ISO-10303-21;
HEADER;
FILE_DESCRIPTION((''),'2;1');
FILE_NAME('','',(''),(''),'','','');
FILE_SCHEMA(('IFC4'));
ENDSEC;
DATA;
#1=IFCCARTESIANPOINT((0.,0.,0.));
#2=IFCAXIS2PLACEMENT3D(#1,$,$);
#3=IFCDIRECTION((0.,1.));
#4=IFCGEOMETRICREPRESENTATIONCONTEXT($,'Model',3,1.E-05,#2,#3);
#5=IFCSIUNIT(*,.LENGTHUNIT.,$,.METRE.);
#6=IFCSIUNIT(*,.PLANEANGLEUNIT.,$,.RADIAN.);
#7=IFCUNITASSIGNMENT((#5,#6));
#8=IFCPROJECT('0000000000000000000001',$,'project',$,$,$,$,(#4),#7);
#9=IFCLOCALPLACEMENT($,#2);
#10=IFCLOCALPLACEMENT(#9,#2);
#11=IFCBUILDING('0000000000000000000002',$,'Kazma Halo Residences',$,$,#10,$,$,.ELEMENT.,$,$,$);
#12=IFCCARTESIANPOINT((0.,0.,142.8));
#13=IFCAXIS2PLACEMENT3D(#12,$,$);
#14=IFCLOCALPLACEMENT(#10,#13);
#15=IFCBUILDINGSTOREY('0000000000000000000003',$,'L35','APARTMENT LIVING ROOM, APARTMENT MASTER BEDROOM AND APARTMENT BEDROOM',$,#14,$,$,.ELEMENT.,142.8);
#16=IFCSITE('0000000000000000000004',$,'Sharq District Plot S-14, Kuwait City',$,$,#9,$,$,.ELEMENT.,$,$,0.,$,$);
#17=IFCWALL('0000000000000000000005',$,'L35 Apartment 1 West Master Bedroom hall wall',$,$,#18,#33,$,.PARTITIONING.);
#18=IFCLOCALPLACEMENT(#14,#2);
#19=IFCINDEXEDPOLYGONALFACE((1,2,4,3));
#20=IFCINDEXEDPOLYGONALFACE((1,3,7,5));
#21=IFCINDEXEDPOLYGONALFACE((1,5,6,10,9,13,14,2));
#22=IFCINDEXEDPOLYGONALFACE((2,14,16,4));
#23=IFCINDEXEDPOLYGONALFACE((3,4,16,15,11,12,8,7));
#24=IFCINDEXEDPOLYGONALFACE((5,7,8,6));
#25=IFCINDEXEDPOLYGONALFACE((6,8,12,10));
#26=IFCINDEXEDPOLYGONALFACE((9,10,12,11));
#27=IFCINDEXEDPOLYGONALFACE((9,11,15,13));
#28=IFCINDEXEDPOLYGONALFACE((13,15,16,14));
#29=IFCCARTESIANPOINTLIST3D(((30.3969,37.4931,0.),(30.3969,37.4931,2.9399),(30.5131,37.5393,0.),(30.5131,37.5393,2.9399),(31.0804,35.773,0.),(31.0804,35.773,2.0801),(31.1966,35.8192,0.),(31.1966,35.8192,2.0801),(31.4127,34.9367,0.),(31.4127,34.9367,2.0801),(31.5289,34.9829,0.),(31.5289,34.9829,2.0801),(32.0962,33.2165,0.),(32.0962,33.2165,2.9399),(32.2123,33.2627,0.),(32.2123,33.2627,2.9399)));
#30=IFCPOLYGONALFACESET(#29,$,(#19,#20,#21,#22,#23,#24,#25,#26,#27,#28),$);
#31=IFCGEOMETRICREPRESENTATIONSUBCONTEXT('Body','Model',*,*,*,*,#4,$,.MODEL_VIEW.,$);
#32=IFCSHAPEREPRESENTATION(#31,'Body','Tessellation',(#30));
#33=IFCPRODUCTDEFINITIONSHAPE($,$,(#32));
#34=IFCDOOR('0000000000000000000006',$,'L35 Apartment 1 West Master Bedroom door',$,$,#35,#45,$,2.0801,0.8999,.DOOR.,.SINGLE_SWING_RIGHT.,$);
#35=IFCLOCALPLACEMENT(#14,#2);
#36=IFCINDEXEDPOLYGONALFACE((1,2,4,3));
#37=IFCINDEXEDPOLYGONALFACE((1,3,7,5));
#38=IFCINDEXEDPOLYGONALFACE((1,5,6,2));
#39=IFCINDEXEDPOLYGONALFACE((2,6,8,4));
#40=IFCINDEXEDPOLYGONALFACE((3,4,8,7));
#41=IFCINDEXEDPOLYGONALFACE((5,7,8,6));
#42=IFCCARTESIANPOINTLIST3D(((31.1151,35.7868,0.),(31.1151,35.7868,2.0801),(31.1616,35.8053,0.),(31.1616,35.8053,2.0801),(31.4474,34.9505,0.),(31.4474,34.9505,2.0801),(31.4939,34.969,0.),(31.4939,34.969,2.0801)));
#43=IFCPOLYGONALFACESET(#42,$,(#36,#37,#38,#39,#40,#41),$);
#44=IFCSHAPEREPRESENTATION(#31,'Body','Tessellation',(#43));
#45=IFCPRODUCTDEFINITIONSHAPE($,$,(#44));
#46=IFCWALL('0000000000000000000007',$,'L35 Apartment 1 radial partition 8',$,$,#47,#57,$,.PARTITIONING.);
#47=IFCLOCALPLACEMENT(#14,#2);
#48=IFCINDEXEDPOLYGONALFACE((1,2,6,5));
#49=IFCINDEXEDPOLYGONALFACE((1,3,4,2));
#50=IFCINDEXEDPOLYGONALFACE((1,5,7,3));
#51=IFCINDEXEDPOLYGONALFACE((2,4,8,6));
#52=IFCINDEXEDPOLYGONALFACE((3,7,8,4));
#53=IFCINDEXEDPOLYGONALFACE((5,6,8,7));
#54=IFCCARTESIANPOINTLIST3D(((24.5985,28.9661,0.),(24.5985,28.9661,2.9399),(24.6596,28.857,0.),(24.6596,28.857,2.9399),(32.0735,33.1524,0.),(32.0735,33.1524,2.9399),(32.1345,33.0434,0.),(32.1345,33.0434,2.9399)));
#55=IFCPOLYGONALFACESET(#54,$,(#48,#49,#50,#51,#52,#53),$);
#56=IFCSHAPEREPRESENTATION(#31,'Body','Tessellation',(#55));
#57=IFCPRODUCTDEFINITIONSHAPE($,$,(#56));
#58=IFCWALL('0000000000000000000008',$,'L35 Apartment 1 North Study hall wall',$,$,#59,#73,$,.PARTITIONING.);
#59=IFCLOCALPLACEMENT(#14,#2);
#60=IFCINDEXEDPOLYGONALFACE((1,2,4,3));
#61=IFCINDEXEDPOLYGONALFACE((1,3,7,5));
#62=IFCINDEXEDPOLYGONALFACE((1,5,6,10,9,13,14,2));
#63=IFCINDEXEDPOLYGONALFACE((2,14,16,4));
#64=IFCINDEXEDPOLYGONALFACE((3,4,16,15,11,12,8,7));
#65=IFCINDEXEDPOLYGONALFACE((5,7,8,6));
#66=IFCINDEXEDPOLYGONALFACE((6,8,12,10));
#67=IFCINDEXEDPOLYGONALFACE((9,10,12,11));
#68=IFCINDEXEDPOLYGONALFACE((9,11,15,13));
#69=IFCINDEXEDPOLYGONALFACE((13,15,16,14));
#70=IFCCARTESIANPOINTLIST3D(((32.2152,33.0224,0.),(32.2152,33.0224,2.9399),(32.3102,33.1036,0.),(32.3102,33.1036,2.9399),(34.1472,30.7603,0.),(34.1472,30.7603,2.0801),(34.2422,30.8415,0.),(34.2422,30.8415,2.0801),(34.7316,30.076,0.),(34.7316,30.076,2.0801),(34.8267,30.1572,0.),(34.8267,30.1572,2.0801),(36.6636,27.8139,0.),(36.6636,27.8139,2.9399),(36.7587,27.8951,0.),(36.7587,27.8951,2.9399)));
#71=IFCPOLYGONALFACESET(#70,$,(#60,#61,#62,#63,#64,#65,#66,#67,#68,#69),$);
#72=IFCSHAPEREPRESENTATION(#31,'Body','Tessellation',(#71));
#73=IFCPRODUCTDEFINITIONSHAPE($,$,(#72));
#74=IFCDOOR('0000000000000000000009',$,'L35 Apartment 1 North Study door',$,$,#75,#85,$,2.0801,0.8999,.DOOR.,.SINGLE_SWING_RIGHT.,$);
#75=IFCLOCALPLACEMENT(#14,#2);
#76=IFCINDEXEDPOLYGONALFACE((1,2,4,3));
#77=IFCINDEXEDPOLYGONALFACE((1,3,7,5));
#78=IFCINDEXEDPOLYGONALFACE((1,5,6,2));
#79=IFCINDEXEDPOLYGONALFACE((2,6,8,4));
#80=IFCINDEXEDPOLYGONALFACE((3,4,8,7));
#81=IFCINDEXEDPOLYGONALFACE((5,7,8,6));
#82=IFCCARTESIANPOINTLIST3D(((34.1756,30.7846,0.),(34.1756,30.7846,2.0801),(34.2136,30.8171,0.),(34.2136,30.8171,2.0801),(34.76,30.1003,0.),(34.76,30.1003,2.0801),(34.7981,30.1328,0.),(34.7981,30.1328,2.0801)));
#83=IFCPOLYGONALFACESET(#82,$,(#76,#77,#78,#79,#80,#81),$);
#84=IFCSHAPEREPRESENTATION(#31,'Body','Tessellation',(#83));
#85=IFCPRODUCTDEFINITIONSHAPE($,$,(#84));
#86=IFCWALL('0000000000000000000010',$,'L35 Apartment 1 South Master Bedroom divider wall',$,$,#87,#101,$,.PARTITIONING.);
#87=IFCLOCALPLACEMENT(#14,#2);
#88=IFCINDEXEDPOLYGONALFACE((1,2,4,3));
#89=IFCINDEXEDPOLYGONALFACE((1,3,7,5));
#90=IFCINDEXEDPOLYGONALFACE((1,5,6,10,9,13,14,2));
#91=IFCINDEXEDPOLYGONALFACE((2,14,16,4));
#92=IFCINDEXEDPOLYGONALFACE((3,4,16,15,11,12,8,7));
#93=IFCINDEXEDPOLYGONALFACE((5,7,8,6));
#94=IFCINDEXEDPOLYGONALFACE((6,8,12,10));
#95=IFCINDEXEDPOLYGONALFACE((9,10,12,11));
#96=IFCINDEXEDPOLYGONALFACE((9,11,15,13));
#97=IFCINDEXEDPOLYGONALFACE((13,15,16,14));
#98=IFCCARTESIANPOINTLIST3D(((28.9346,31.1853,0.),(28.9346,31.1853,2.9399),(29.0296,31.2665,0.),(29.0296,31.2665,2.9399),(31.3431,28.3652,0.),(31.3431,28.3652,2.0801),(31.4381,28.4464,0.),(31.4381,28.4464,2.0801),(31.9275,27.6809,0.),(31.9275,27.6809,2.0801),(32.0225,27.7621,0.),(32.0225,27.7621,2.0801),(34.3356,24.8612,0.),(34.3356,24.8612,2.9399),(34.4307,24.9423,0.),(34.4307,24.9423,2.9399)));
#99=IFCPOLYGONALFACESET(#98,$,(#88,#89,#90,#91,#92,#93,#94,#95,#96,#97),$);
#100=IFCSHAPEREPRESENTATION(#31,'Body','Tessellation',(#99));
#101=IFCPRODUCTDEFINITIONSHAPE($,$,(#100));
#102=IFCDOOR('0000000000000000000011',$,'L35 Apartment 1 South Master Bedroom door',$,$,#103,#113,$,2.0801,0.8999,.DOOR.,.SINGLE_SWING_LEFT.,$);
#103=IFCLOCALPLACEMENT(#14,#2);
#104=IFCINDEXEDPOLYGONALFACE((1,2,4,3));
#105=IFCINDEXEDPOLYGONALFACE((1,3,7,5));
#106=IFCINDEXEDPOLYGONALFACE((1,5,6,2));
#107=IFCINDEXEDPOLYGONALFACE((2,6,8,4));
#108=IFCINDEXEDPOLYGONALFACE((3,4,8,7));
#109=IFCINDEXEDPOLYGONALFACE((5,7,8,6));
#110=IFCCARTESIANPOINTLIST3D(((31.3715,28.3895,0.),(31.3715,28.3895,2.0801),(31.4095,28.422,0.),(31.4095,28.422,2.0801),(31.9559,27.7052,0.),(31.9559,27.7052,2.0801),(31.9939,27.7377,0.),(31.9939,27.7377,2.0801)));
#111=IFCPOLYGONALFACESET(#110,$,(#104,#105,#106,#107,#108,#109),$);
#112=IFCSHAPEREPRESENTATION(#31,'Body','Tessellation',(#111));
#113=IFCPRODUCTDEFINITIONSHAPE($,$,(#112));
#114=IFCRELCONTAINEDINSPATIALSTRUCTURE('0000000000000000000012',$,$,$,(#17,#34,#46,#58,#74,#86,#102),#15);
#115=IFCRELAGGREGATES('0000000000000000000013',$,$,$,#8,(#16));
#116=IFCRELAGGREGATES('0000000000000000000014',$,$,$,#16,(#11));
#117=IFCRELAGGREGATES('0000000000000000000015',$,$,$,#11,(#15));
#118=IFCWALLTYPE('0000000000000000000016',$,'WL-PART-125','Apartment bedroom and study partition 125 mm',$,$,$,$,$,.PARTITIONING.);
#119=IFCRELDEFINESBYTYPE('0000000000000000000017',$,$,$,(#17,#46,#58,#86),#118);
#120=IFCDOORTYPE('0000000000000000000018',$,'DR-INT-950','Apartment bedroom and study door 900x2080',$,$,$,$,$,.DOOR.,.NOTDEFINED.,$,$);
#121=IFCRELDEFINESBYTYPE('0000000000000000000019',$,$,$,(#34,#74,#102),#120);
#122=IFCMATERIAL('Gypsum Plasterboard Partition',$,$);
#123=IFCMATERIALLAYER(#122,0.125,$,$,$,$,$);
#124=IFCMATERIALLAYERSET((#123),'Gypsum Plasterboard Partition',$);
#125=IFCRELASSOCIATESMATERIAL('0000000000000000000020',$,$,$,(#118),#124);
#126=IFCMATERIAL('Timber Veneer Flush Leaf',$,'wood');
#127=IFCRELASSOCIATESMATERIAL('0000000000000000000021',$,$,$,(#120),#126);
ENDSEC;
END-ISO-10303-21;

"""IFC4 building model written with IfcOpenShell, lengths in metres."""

from ifc_helpers import new_model, si_unit, direction, frame, frame_2d, origin, place, context, subcontext, project, spatial, rectangle, extrude, material, layer, layer_set, type_object, element, fill, save


model = new_model("IFC4")

# Units and contexts
model_context = context("Model", 3, precision=1e-05, world=origin(), true_north=direction((0.0, 1.0)))
body_context = subcontext(model_context, "Body", "Model", "MODEL_VIEW")
ifc_project = project(units=[si_unit("LENGTHUNIT", "METRE"), si_unit("PLANEANGLEUNIT", "RADIAN")], contexts=[model_context])

# Site, building, storey
site_placement = place(None, origin())
site = spatial("IfcSite", under=ifc_project, at=site_placement, Name="Sharq District Plot S-14, Kuwait City", CompositionType="ELEMENT", RefElevation=0.0)
building_placement = place(site_placement, origin())
building = spatial("IfcBuilding", under=site, at=building_placement, Name="Kazma Halo Residences", CompositionType="ELEMENT")
storey_placement = place(building_placement, frame((0.0, 0.0, 142.8)))
storey = spatial("IfcBuildingStorey", under=building, at=storey_placement, Name="L35", Description="APARTMENT LIVING ROOM, APARTMENT MASTER BEDROOM AND APARTMENT BEDROOM", CompositionType="ELEMENT", Elevation=142.8)

# Shared definitions
ifc_material_1 = material(Name="Gypsum Plasterboard Partition")
ifc_layer_1 = layer(ifc_material_1, 0.125)
ifc_layer_set_1 = layer_set([ifc_layer_1], Name="Gypsum Plasterboard Partition")
wall_type_1 = type_object("IfcWallType", Name="WL-PART-125", Description="Apartment bedroom and study partition 125 mm", PredefinedType="PARTITIONING", material=ifc_layer_set_1)

# Wall, opening, door
wall_1_placement = place(storey_placement, frame((30.4551, 37.5161, 0.0), z_axis=(0.0, 0.0, 1.0), x_axis=(0.369249, -0.92933, 0.0)))
wall_1 = element("IfcWall", 1, at=wall_1_placement, inside=storey, type_object=wall_type_1, Name="L35 Apartment 1 West Master Bedroom hall wall", PredefinedType="PARTITIONING", context=body_context, shape_type="SweptSolid", body=[
    extrude(rectangle(XDim=4.6018, YDim=0.125, at=frame_2d((2.3008, 0.0))), origin(), (0.0, 0.0, 1.0), 2.9399),
])
opening_1_placement = place(wall_1_placement, frame((1.8508, 0.0, 0.0)))
opening_1 = element("IfcOpeningElement", 2, at=opening_1_placement, cuts=wall_1, PredefinedType="OPENING", context=body_context, shape_type="SweptSolid", body=[
    extrude(rectangle(XDim=0.8999, YDim=2.0801, at=frame_2d((0.45, 1.04))), frame((0.0, 0.0725, 0.0), z_axis=(0.0, -1.0, 0.0), x_axis=(1.0, 0.0, 0.0)), (0.0, 0.0, 1.0), 0.145),
])
ifc_material_2 = material(Name="Timber Veneer Flush Leaf", Category="wood")
door_type_1 = type_object("IfcDoorType", Name="DR-INT-950", Description="Apartment bedroom and study door 900x2080", OperationType="NOTDEFINED", PredefinedType="DOOR", material=ifc_material_2)
door_1_placement = place(opening_1_placement, origin())
door_1 = element("IfcDoor", 3, at=door_1_placement, inside=storey, type_object=door_type_1, Name="L35 Apartment 1 West Master Bedroom door", OperationType="SINGLE_SWING_RIGHT", OverallHeight=2.0801, OverallWidth=0.8999, PredefinedType="DOOR", context=body_context, shape_type="SweptSolid", body=[
    extrude(rectangle(XDim=0.8999, YDim=2.0801, at=frame_2d((0.45, 1.04))), frame((0.0, 0.0249, 0.0), z_axis=(0.0, -1.0, 0.0), x_axis=(1.0, 0.0, 0.0)), (0.0, 0.0, 1.0), 0.05),
])
fill(opening_1, door_1)

# Wall
wall_2_placement = place(storey_placement, frame((32.104, 33.0979, 0.0), z_axis=(0.0, 0.0, 1.0), x_axis=(-0.872488, -0.488635, 0.0)))
element("IfcWall", 4, at=wall_2_placement, inside=storey, type_object=wall_type_1, Name="L35 Apartment 1 radial partition 8", PredefinedType="PARTITIONING", context=body_context, shape_type="SweptSolid", body=[
    extrude(rectangle(XDim=8.5674, YDim=0.125, at=frame_2d((4.2837, 0.0))), origin(), (0.0, 0.0, 1.0), 2.9399),
])

# Walls, openings, doors
wall_3_placement = place(storey_placement, frame((32.2627, 33.063, 0.0), z_axis=(0.0, 0.0, 1.0), x_axis=(0.649449, -0.760405, 0.0)))
wall_3 = element("IfcWall", 5, at=wall_3_placement, inside=storey, type_object=wall_type_1, Name="L35 Apartment 1 North Study hall wall", PredefinedType="PARTITIONING", context=body_context, shape_type="SweptSolid", body=[
    extrude(rectangle(XDim=6.8496, YDim=0.125, at=frame_2d((3.4248, 0.0))), origin(), (0.0, 0.0, 1.0), 2.9399),
])
opening_2_placement = place(wall_3_placement, frame((2.9749, 0.0, 0.0)))
opening_2 = element("IfcOpeningElement", 6, at=opening_2_placement, cuts=wall_3, PredefinedType="OPENING", context=body_context, shape_type="SweptSolid", body=[
    extrude(rectangle(XDim=0.8999, YDim=2.0801, at=frame_2d((0.45, 1.04))), frame((0.0, 0.0725, 0.0), z_axis=(0.0, -1.0, 0.0), x_axis=(1.0, 0.0, 0.0)), (0.0, 0.0, 1.0), 0.145),
])
door_2_placement = place(opening_2_placement, origin())
door_2 = element("IfcDoor", 7, at=door_2_placement, inside=storey, type_object=door_type_1, Name="L35 Apartment 1 North Study door", OperationType="SINGLE_SWING_RIGHT", OverallHeight=2.0801, OverallWidth=0.8999, PredefinedType="DOOR", context=body_context, shape_type="SweptSolid", body=[
    extrude(rectangle(XDim=0.8999, YDim=2.0801, at=frame_2d((0.45, 1.04))), frame((0.0, 0.0249, 0.0), z_axis=(0.0, -1.0, 0.0), x_axis=(1.0, 0.0, 0.0)), (0.0, 0.0, 1.0), 0.05),
])
fill(opening_2, door_2)
wall_4_placement = place(storey_placement, frame((28.9822, 31.2258, 0.0), z_axis=(0.0, 0.0, 1.0), x_axis=(0.649429, -0.760422, 0.0)))
wall_4 = element("IfcWall", 8, at=wall_4_placement, inside=storey, type_object=wall_type_1, Name="L35 Apartment 1 South Master Bedroom divider wall", PredefinedType="PARTITIONING", context=body_context, shape_type="SweptSolid", body=[
    extrude(rectangle(XDim=8.3167, YDim=0.125, at=frame_2d((4.1582, 0.0))), origin(), (0.0, 0.0, 1.0), 2.9399),
])
opening_3_placement = place(wall_4_placement, frame((3.7085, 0.0, 0.0)))
opening_3 = element("IfcOpeningElement", 9, at=opening_3_placement, cuts=wall_4, PredefinedType="OPENING", context=body_context, shape_type="SweptSolid", body=[
    extrude(rectangle(XDim=0.8999, YDim=2.0801, at=frame_2d((0.45, 1.04))), frame((0.0, 0.0725, 0.0), z_axis=(0.0, -1.0, 0.0), x_axis=(1.0, 0.0, 0.0)), (0.0, 0.0, 1.0), 0.145),
])
door_3_placement = place(opening_3_placement, origin())
door_3 = element("IfcDoor", 10, at=door_3_placement, inside=storey, type_object=door_type_1, Name="L35 Apartment 1 South Master Bedroom door", OperationType="SINGLE_SWING_LEFT", OverallHeight=2.0801, OverallWidth=0.8999, PredefinedType="DOOR", context=body_context, shape_type="SweptSolid", body=[
    extrude(rectangle(XDim=0.8999, YDim=2.0801, at=frame_2d((0.45, 1.04))), frame((0.0, 0.0249, 0.0), z_axis=(0.0, -1.0, 0.0), x_axis=(1.0, 0.0, 0.0)), (0.0, 0.0, 1.0), 0.05),
])
fill(opening_3, door_3)

save(model, "model.ifc")
